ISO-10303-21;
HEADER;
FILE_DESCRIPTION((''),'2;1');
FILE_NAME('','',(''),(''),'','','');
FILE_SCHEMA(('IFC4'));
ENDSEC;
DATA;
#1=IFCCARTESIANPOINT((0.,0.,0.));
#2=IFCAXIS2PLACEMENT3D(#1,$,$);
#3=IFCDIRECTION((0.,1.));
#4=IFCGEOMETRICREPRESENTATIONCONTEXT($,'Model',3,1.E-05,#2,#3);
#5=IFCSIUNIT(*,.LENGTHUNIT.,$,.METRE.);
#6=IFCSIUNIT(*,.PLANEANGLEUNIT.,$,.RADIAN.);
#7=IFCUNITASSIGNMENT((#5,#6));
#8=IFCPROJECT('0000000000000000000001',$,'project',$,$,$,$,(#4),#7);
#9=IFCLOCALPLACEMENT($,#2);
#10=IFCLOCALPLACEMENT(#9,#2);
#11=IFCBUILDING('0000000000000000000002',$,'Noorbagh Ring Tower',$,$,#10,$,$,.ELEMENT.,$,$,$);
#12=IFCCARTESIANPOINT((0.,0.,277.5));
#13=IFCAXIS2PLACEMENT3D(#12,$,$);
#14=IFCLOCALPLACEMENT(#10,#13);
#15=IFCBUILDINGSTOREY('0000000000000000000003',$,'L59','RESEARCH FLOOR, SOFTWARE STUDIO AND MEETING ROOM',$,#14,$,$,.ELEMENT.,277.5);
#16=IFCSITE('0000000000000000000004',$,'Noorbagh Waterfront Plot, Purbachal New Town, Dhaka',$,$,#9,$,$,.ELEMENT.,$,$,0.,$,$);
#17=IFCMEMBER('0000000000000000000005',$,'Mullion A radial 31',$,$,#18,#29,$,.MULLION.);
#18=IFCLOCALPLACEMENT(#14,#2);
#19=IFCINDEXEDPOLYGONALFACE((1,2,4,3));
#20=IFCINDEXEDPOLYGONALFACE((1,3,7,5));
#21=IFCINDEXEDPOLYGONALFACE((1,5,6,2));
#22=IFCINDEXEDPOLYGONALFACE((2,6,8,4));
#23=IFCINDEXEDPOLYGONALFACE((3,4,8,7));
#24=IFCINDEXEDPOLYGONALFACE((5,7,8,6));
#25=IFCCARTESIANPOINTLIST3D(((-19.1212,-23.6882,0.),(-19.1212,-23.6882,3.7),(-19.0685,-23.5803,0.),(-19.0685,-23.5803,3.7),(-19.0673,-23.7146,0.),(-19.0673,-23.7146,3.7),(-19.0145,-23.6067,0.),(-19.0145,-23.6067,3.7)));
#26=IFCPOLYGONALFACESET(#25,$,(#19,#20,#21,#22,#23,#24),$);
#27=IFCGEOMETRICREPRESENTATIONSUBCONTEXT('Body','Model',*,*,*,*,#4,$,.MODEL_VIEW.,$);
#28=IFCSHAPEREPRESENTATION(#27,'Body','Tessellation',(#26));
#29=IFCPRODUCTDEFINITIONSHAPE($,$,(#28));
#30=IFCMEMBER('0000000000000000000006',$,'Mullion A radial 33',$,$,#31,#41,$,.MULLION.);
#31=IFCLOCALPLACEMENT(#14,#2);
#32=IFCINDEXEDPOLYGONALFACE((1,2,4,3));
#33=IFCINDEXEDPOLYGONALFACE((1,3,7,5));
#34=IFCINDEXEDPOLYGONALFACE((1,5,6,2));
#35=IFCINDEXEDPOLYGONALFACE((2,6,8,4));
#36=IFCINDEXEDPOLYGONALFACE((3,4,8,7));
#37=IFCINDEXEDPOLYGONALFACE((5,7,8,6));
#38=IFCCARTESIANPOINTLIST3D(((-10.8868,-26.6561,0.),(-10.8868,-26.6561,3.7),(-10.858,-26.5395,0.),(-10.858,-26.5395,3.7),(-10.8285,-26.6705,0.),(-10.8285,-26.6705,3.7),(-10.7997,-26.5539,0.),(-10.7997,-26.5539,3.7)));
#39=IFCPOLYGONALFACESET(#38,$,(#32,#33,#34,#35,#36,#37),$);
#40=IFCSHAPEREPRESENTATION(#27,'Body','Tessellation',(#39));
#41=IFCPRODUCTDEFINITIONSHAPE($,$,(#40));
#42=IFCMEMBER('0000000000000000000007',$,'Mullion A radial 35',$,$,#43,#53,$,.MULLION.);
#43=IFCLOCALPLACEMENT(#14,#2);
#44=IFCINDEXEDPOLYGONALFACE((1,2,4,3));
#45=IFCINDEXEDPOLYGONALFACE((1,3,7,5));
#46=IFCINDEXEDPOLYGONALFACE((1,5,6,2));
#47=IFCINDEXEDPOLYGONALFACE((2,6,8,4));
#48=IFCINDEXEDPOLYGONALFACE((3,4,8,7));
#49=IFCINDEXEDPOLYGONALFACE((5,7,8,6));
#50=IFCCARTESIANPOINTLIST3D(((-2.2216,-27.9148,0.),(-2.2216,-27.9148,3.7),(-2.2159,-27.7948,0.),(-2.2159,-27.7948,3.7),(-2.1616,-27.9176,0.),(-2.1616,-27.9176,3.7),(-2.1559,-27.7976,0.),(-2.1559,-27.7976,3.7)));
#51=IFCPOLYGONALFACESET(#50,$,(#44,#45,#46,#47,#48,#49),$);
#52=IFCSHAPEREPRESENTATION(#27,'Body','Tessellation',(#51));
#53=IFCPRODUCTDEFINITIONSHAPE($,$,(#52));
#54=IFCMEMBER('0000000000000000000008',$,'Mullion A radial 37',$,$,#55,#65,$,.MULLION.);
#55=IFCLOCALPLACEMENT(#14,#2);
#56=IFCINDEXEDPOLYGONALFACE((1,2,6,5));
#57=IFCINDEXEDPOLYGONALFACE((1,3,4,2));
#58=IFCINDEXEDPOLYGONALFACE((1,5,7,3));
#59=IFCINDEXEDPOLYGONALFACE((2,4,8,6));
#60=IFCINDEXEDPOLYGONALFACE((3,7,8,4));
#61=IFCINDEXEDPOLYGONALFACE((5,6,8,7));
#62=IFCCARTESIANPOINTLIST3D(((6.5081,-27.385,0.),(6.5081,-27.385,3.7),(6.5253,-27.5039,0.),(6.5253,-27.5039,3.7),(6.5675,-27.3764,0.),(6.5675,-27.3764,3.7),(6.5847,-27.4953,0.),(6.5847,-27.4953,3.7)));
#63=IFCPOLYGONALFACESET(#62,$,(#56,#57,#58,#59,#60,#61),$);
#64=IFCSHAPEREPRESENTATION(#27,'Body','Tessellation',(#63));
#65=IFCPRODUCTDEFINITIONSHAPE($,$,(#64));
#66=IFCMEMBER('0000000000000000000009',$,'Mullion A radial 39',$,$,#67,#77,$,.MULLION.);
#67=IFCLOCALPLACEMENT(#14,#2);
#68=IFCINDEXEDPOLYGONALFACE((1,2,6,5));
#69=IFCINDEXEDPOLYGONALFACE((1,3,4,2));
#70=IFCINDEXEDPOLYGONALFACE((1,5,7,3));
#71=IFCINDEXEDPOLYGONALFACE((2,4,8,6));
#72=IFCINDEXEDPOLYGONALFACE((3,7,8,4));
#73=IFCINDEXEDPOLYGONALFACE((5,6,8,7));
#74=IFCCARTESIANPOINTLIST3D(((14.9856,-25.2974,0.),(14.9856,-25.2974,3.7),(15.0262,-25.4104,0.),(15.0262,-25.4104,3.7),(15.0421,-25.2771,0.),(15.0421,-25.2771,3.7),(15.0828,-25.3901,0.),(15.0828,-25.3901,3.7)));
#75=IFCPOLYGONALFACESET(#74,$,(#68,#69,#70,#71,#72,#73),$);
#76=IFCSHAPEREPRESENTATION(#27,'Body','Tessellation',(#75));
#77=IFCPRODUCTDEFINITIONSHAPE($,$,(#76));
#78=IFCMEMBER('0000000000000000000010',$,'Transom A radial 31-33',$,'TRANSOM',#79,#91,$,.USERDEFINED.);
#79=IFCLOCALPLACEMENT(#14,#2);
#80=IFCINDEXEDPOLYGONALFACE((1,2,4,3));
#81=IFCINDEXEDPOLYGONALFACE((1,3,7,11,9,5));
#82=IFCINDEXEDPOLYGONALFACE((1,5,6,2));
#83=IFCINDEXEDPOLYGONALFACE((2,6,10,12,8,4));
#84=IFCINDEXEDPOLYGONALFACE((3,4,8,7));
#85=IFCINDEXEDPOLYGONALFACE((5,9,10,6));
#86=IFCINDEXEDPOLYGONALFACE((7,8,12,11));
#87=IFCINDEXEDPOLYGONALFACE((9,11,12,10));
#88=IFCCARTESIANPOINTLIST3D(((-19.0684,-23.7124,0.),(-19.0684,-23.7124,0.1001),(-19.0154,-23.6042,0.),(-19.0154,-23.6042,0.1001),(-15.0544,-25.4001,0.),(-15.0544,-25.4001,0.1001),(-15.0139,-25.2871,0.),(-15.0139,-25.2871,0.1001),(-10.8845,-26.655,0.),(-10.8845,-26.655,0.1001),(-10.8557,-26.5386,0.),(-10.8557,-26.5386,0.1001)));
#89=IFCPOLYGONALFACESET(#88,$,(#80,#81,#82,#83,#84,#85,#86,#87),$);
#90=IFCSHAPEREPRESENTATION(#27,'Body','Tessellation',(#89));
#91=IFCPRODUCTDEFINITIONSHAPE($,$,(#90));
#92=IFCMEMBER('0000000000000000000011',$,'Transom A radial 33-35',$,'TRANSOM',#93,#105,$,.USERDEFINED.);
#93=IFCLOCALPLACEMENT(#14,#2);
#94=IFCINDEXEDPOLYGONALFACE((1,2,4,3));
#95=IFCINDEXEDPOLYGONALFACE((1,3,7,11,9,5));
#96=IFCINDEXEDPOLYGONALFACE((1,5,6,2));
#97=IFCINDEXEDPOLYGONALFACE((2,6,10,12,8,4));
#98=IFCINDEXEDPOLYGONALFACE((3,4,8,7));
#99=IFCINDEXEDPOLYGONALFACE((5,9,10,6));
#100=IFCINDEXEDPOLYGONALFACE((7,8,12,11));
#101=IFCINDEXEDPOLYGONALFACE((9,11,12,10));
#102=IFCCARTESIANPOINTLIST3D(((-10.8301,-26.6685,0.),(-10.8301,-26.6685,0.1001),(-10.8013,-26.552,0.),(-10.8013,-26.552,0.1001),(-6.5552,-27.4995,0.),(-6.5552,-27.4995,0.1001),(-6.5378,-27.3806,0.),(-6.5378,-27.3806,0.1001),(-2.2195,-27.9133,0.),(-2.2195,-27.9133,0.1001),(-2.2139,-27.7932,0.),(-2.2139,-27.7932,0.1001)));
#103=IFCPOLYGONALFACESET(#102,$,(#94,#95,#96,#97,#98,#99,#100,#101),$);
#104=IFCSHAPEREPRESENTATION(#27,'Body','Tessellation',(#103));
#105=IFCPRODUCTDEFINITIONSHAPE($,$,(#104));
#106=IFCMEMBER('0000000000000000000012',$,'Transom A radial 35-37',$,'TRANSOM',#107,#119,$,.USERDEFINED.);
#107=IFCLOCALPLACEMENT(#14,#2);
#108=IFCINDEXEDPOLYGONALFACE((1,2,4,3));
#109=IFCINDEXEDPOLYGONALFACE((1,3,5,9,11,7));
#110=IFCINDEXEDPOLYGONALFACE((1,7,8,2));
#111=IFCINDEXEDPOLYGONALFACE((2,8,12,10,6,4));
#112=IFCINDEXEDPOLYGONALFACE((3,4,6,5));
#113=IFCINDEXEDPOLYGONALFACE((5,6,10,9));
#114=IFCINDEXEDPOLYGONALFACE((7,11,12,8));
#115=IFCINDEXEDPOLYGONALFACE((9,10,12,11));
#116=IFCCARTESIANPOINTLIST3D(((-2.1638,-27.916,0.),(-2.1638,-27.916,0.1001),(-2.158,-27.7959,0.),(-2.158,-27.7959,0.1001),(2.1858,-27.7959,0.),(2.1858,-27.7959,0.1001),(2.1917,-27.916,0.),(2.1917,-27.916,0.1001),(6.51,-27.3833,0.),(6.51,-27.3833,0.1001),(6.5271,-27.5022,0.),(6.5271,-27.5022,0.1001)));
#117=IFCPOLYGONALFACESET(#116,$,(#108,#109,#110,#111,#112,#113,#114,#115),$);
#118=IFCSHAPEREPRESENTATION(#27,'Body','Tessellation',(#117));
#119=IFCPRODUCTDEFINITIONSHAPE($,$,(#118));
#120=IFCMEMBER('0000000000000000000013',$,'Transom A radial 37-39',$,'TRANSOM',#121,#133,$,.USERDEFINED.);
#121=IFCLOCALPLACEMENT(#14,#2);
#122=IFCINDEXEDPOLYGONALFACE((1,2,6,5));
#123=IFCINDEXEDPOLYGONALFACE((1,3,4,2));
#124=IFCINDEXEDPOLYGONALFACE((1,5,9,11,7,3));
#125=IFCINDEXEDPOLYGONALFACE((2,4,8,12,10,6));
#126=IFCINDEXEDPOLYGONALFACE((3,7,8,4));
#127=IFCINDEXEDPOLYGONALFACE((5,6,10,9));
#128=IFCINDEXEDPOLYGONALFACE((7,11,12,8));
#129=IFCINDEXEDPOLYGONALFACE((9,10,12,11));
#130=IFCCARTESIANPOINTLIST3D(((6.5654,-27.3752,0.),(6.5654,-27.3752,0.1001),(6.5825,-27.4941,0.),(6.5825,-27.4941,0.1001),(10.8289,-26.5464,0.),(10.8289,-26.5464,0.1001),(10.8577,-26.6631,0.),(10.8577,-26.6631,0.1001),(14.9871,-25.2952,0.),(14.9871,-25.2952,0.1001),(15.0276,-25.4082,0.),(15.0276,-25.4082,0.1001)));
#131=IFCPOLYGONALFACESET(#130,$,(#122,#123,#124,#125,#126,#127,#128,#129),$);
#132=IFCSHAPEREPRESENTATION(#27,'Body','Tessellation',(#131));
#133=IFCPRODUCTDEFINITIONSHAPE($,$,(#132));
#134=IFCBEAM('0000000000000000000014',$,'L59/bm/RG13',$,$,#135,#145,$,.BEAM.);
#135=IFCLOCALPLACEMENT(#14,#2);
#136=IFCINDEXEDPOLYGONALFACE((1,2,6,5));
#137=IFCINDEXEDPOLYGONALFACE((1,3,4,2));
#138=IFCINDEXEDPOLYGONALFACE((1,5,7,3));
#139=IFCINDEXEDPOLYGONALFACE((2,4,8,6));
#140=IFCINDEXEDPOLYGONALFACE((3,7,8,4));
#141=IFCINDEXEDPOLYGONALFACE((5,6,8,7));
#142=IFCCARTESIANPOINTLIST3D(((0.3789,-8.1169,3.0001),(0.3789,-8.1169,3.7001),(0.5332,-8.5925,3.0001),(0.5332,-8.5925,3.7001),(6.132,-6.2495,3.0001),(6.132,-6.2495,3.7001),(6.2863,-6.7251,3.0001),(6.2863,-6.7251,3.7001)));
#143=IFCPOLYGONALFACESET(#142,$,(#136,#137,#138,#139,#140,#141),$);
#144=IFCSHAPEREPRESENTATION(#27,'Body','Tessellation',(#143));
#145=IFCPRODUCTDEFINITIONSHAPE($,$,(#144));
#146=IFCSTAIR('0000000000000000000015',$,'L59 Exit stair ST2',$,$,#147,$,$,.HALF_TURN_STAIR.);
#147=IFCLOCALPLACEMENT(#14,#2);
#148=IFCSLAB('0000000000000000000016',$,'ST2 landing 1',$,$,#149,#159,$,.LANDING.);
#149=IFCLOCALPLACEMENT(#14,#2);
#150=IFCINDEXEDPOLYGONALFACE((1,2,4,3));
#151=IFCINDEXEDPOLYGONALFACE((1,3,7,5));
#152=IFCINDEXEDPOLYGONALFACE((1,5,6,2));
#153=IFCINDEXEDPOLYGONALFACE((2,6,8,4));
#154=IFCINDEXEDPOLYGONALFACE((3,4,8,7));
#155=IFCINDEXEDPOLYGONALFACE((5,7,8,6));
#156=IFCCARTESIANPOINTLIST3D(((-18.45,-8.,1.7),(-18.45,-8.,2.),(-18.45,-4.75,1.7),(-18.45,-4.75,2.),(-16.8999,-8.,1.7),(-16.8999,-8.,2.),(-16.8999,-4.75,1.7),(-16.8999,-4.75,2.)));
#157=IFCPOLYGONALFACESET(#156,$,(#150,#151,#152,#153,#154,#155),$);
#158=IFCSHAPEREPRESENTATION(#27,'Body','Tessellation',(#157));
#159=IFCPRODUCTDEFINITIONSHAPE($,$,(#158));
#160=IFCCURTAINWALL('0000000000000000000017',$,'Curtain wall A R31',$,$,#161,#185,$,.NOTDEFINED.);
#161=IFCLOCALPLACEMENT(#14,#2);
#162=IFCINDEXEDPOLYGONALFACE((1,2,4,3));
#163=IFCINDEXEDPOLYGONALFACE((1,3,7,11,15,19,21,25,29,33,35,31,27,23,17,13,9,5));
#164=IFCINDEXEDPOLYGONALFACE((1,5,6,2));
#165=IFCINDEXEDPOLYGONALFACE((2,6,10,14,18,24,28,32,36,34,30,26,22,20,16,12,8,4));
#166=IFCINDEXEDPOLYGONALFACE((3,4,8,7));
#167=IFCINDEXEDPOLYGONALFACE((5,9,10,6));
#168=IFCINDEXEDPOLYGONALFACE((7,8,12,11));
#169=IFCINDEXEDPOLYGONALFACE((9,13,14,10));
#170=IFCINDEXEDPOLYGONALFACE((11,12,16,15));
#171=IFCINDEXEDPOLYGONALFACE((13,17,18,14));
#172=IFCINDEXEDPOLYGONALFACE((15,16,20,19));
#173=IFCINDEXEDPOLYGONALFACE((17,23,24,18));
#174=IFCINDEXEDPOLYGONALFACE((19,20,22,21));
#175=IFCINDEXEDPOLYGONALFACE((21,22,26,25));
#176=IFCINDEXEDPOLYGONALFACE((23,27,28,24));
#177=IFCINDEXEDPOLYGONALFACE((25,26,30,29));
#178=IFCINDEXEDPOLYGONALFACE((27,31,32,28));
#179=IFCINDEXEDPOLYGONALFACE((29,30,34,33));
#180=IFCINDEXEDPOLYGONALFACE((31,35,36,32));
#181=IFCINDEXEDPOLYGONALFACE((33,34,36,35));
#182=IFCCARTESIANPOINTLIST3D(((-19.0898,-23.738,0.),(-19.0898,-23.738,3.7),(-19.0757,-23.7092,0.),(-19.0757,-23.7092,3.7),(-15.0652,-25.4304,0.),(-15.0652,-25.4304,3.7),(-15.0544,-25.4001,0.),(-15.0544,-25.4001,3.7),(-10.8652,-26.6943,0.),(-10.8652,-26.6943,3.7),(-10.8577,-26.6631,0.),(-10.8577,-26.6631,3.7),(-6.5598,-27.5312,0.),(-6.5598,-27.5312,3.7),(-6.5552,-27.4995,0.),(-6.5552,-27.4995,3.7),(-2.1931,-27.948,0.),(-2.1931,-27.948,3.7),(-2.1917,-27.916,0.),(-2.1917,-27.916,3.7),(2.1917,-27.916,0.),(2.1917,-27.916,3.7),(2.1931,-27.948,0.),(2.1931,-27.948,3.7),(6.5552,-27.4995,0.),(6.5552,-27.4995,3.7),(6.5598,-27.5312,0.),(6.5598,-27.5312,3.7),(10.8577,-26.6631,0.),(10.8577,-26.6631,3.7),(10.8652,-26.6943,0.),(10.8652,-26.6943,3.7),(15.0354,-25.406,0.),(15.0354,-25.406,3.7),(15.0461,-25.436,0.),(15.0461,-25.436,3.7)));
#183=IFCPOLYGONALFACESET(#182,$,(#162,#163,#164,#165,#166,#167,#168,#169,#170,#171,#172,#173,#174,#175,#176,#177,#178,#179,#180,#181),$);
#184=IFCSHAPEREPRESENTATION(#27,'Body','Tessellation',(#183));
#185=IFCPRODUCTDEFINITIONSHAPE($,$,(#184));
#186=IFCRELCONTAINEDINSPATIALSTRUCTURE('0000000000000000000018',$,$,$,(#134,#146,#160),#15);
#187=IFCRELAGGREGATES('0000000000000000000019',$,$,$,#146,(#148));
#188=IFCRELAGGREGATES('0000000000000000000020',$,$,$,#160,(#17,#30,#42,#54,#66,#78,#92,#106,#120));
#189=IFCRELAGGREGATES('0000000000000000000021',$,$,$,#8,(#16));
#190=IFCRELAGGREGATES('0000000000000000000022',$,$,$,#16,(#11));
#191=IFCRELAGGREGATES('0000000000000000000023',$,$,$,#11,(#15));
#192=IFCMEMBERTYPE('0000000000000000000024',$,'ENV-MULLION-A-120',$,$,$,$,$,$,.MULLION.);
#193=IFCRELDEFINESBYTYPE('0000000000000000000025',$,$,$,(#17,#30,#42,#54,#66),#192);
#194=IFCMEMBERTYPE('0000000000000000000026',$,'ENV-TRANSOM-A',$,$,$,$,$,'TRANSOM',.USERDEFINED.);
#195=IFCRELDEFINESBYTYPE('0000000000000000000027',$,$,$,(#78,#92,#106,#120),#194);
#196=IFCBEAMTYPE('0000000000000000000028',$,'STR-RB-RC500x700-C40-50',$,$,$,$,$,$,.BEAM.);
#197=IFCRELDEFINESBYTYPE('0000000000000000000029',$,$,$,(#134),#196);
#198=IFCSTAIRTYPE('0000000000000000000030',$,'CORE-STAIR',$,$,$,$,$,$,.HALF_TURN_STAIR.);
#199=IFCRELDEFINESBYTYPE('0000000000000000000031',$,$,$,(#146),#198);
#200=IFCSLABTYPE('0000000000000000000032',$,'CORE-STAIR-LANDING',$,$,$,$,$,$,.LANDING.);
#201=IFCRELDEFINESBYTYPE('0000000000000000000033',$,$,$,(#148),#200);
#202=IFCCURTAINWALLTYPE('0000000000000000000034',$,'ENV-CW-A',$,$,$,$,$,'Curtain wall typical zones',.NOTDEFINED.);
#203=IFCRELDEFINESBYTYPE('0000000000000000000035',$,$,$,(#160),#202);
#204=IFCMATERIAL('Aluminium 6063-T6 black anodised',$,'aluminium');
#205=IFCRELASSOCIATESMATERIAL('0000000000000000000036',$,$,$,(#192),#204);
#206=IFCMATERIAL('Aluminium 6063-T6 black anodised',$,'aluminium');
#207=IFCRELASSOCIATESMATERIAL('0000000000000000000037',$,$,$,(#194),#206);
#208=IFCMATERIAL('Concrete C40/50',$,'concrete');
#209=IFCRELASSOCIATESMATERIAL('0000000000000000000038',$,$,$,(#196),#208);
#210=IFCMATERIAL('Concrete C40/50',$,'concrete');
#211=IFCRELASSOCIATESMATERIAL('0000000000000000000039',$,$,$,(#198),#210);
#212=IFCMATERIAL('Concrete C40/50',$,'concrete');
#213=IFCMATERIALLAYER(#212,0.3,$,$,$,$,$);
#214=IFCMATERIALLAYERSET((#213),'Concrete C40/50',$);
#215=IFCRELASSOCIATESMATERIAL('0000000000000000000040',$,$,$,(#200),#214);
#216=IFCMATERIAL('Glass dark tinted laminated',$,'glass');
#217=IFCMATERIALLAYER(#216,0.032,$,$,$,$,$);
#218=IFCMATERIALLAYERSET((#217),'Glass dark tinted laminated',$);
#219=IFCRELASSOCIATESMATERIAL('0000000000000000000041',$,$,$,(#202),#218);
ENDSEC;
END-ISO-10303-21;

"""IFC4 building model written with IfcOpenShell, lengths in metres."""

from ifc_helpers import new_model, si_unit, direction, frame, origin, origin_2d, place, context, subcontext, project, spatial, polyline, rectangle, outline, extrude, material, layer, layer_set, material_profile, profile_set, type_object, element, aggregate, save


model = new_model("IFC4")

# Units and contexts
model_context = context("Model", 3, precision=1e-05, world=origin(), true_north=direction((0.0, 1.0)))
body_context = subcontext(model_context, "Body", "Model", "MODEL_VIEW")
ifc_project = project(units=[si_unit("LENGTHUNIT", "METRE"), si_unit("PLANEANGLEUNIT", "RADIAN")], contexts=[model_context])

# Site, building, storey
site_placement = place(None, origin())
site = spatial("IfcSite", under=ifc_project, at=site_placement, Name="Noorbagh Waterfront Plot, Purbachal New Town, Dhaka", CompositionType="ELEMENT", RefElevation=0.0)
building_placement = place(site_placement, origin())
building = spatial("IfcBuilding", under=site, at=building_placement, Name="Noorbagh Ring Tower", CompositionType="ELEMENT")
storey_placement = place(building_placement, frame((0.0, 0.0, 277.5)))
storey = spatial("IfcBuildingStorey", under=building, at=storey_placement, Name="L59", Description="RESEARCH FLOOR, SOFTWARE STUDIO AND MEETING ROOM", CompositionType="ELEMENT", Elevation=277.5)

# Members
ifc_material_1 = material(Name="Aluminium 6063-T6 black anodised", Category="aluminium")
ifc_material_profile_1 = material_profile(ifc_material_1, rectangle(XDim=0.1201, YDim=0.0601, at=origin_2d()), Name="120x60")
ifc_profile_set_1 = profile_set([ifc_material_profile_1], Name="Aluminium 6063-T6 black anodised")
member_type_1 = type_object("IfcMemberType", Name="ENV-MULLION-A-120", PredefinedType="MULLION", material=ifc_profile_set_1)
member_1_placement = place(storey_placement, frame((-19.0679, -23.6475, 0.0), z_axis=(0.0, 0.0, 1.0), x_axis=(0.439238, 0.898371, 0.0)))
member_1 = element("IfcMember", 1, at=member_1_placement, type_object=member_type_1, Name="Mullion A radial 31", PredefinedType="MULLION", context=body_context, shape_type="SweptSolid", body=[
    extrude(rectangle(XDim=0.1201, YDim=0.0601, at=origin_2d()), origin(), (0.0, 0.0, 1.0), 3.7),
])
member_2_placement = place(storey_placement, frame((-10.8433, -26.605, 0.0), z_axis=(0.0, 0.0, 1.0), x_axis=(0.239799, 0.970823, 0.0)))
member_2 = element("IfcMember", 2, at=member_2_placement, type_object=member_type_1, Name="Mullion A radial 33", PredefinedType="MULLION", context=body_context, shape_type="SweptSolid", body=[
    extrude(rectangle(XDim=0.1201, YDim=0.0601, at=origin_2d()), origin(), (0.0, 0.0, 1.0), 3.7),
])
member_3_placement = place(storey_placement, frame((-2.1887, -27.8562, 0.0), z_axis=(0.0, 0.0, 1.0), x_axis=(0.047558, 0.998868, 0.0)))
member_3 = element("IfcMember", 3, at=member_3_placement, type_object=member_type_1, Name="Mullion A radial 35", PredefinedType="MULLION", context=body_context, shape_type="SweptSolid", body=[
    extrude(rectangle(XDim=0.1201, YDim=0.0601, at=origin_2d()), origin(), (0.0, 0.0, 1.0), 3.7),
])
member_4_placement = place(storey_placement, frame((6.5464, -27.4402, 0.0), z_axis=(0.0, 0.0, 1.0), x_axis=(-0.143082, 0.989711, 0.0)))
member_4 = element("IfcMember", 4, at=member_4_placement, type_object=member_type_1, Name="Mullion A radial 37", PredefinedType="MULLION", context=body_context, shape_type="SweptSolid", body=[
    extrude(rectangle(XDim=0.1201, YDim=0.0601, at=origin_2d()), origin(), (0.0, 0.0, 1.0), 3.7),
])
member_5_placement = place(storey_placement, frame((15.0342, -25.3438, 0.0), z_axis=(0.0, 0.0, 1.0), x_axis=(-0.338379, 0.94101, 0.0)))
member_5 = element("IfcMember", 5, at=member_5_placement, type_object=member_type_1, Name="Mullion A radial 39", PredefinedType="MULLION", context=body_context, shape_type="SweptSolid", body=[
    extrude(rectangle(XDim=0.1201, YDim=0.0601, at=origin_2d()), origin(), (0.0, 0.0, 1.0), 3.7),
])
ifc_material_2 = material(Name="Aluminium 6063-T6 black anodised", Category="aluminium")
member_type_2 = type_object("IfcMemberType", Name="ENV-TRANSOM-A", ElementType="TRANSOM", PredefinedType="USERDEFINED", material=ifc_material_2)
member_6_placement = place(storey_placement, origin())
member_6 = element("IfcMember", 6, at=member_6_placement, type_object=member_type_2, Name="Transom A radial 31-33", ObjectType="TRANSOM", PredefinedType="USERDEFINED", context=body_context, shape_type="SweptSolid", body=[
    extrude(outline(polyline([(-19.0684, -23.7124), (-15.0544, -25.4001), (-10.8845, -26.655), (-10.8557, -26.5386), (-15.0139, -25.2871), (-19.0154, -23.6042), (-19.0684, -23.7124)])), origin(), (0.0, 0.0, 1.0), 0.1001),
])
member_7_placement = place(storey_placement, origin())
member_7 = element("IfcMember", 7, at=member_7_placement, type_object=member_type_2, Name="Transom A radial 33-35", ObjectType="TRANSOM", PredefinedType="USERDEFINED", context=body_context, shape_type="SweptSolid", body=[
    extrude(outline(polyline([(-10.8301, -26.6685), (-6.5552, -27.4995), (-2.2195, -27.9133), (-2.2139, -27.7932), (-6.5378, -27.3806), (-10.8013, -26.552), (-10.8301, -26.6685)])), origin(), (0.0, 0.0, 1.0), 0.1001),
])
member_8_placement = place(storey_placement, origin())
member_8 = element("IfcMember", 8, at=member_8_placement, type_object=member_type_2, Name="Transom A radial 35-37", ObjectType="TRANSOM", PredefinedType="USERDEFINED", context=body_context, shape_type="SweptSolid", body=[
    extrude(outline(polyline([(-2.1638, -27.916), (2.1917, -27.916), (6.5271, -27.5022), (6.51, -27.3833), (2.1858, -27.7959), (-2.158, -27.7959), (-2.1638, -27.916)])), origin(), (0.0, 0.0, 1.0), 0.1001),
])
member_9_placement = place(storey_placement, origin())
member_9 = element("IfcMember", 9, at=member_9_placement, type_object=member_type_2, Name="Transom A radial 37-39", ObjectType="TRANSOM", PredefinedType="USERDEFINED", context=body_context, shape_type="SweptSolid", body=[
    extrude(outline(polyline([(6.5825, -27.4941), (10.8577, -26.6631), (15.0276, -25.4082), (14.9871, -25.2952), (10.8289, -26.5464), (6.5654, -27.3752), (6.5825, -27.4941)])), origin(), (0.0, 0.0, 1.0), 0.1001),
])

# Beam
ifc_material_3 = material(Name="Concrete C40/50", Category="concrete")
ifc_material_profile_2 = material_profile(ifc_material_3, rectangle(XDim=0.5, YDim=0.7, at=origin_2d()), Name="RC500x700")
ifc_profile_set_2 = profile_set([ifc_material_profile_2], Name="Concrete C40/50")
beam_type = type_object("IfcBeamType", Name="STR-RB-RC500x700-C40-50", PredefinedType="BEAM", material=ifc_profile_set_2)
beam_placement = place(storey_placement, frame((0.4561, -8.3547, 3.3501), z_axis=(0.951148, 0.308735, 0.0), x_axis=(-0.308735, 0.951148, 0.0)))
element("IfcBeam", 10, at=beam_placement, inside=storey, type_object=beam_type, Name="L59/bm/RG13", PredefinedType="BEAM", context=body_context, shape_type="SweptSolid", body=[
    extrude(rectangle(XDim=0.5, YDim=0.7, at=origin_2d()), origin(), (0.0, 0.0, 1.0), 6.0486),
])

# Stair, slab
ifc_material_4 = material(Name="Concrete C40/50", Category="concrete")
stair_type = type_object("IfcStairType", Name="CORE-STAIR", PredefinedType="HALF_TURN_STAIR", material=ifc_material_4)
stair_1_placement = place(storey_placement, origin())
stair_1 = element("IfcStair", 11, at=stair_1_placement, inside=storey, type_object=stair_type, Name="L59 Exit stair ST2", PredefinedType="HALF_TURN_STAIR")
ifc_material_5 = material(Name="Concrete C40/50", Category="concrete")
ifc_layer_1 = layer(ifc_material_5, 0.3)
ifc_layer_set_1 = layer_set([ifc_layer_1], Name="Concrete C40/50")
slab_type = type_object("IfcSlabType", Name="CORE-STAIR-LANDING", PredefinedType="LANDING", material=ifc_layer_set_1)
slab_1_placement = place(storey_placement, frame((0.0, 0.0, 1.7)))
slab_1 = element("IfcSlab", 12, at=slab_1_placement, type_object=slab_type, Name="ST2 landing 1", PredefinedType="LANDING", context=body_context, shape_type="SweptSolid", body=[
    extrude(outline(polyline([(-18.45, -8.0), (-16.8999, -8.0), (-16.8999, -4.75), (-18.45, -4.75), (-18.45, -8.0)])), origin(), (0.0, 0.0, 1.0), 0.3),
])
aggregate(stair_1, [slab_1])

# Curtain wall
ifc_material_6 = material(Name="Glass dark tinted laminated", Category="glass")
ifc_layer_2 = layer(ifc_material_6, 0.032)
ifc_layer_set_2 = layer_set([ifc_layer_2], Name="Glass dark tinted laminated")
curtain_wall_type = type_object("IfcCurtainWallType", Name="ENV-CW-A", ElementType="Curtain wall typical zones", PredefinedType="NOTDEFINED", material=ifc_layer_set_2)
curtain_wall_1_placement = place(storey_placement, origin())
curtain_wall_1 = element("IfcCurtainWall", 13, at=curtain_wall_1_placement, inside=storey, type_object=curtain_wall_type, Name="Curtain wall A R31", PredefinedType="NOTDEFINED", context=body_context, shape_type="SweptSolid", body=[
    extrude(outline(polyline([(-19.0898, -23.738), (-15.0652, -25.4304), (-10.8652, -26.6943), (-6.5598, -27.5312), (-2.1931, -27.948), (2.1931, -27.948), (6.5598, -27.5312), (10.8652, -26.6943), (15.0461, -25.436), (15.0354, -25.406), (10.8577, -26.6631), (6.5552, -27.4995), (2.1917, -27.916), (-2.1917, -27.916), (-6.5552, -27.4995), (-10.8577, -26.6631), (-15.0544, -25.4001), (-19.0757, -23.7092), (-19.0898, -23.738)])), origin(), (0.0, 0.0, 1.0), 3.7),
])
aggregate(curtain_wall_1, [member_1, member_2, member_3, member_4, member_5, member_6, member_7, member_8, member_9])

save(model, "model.ifc")
